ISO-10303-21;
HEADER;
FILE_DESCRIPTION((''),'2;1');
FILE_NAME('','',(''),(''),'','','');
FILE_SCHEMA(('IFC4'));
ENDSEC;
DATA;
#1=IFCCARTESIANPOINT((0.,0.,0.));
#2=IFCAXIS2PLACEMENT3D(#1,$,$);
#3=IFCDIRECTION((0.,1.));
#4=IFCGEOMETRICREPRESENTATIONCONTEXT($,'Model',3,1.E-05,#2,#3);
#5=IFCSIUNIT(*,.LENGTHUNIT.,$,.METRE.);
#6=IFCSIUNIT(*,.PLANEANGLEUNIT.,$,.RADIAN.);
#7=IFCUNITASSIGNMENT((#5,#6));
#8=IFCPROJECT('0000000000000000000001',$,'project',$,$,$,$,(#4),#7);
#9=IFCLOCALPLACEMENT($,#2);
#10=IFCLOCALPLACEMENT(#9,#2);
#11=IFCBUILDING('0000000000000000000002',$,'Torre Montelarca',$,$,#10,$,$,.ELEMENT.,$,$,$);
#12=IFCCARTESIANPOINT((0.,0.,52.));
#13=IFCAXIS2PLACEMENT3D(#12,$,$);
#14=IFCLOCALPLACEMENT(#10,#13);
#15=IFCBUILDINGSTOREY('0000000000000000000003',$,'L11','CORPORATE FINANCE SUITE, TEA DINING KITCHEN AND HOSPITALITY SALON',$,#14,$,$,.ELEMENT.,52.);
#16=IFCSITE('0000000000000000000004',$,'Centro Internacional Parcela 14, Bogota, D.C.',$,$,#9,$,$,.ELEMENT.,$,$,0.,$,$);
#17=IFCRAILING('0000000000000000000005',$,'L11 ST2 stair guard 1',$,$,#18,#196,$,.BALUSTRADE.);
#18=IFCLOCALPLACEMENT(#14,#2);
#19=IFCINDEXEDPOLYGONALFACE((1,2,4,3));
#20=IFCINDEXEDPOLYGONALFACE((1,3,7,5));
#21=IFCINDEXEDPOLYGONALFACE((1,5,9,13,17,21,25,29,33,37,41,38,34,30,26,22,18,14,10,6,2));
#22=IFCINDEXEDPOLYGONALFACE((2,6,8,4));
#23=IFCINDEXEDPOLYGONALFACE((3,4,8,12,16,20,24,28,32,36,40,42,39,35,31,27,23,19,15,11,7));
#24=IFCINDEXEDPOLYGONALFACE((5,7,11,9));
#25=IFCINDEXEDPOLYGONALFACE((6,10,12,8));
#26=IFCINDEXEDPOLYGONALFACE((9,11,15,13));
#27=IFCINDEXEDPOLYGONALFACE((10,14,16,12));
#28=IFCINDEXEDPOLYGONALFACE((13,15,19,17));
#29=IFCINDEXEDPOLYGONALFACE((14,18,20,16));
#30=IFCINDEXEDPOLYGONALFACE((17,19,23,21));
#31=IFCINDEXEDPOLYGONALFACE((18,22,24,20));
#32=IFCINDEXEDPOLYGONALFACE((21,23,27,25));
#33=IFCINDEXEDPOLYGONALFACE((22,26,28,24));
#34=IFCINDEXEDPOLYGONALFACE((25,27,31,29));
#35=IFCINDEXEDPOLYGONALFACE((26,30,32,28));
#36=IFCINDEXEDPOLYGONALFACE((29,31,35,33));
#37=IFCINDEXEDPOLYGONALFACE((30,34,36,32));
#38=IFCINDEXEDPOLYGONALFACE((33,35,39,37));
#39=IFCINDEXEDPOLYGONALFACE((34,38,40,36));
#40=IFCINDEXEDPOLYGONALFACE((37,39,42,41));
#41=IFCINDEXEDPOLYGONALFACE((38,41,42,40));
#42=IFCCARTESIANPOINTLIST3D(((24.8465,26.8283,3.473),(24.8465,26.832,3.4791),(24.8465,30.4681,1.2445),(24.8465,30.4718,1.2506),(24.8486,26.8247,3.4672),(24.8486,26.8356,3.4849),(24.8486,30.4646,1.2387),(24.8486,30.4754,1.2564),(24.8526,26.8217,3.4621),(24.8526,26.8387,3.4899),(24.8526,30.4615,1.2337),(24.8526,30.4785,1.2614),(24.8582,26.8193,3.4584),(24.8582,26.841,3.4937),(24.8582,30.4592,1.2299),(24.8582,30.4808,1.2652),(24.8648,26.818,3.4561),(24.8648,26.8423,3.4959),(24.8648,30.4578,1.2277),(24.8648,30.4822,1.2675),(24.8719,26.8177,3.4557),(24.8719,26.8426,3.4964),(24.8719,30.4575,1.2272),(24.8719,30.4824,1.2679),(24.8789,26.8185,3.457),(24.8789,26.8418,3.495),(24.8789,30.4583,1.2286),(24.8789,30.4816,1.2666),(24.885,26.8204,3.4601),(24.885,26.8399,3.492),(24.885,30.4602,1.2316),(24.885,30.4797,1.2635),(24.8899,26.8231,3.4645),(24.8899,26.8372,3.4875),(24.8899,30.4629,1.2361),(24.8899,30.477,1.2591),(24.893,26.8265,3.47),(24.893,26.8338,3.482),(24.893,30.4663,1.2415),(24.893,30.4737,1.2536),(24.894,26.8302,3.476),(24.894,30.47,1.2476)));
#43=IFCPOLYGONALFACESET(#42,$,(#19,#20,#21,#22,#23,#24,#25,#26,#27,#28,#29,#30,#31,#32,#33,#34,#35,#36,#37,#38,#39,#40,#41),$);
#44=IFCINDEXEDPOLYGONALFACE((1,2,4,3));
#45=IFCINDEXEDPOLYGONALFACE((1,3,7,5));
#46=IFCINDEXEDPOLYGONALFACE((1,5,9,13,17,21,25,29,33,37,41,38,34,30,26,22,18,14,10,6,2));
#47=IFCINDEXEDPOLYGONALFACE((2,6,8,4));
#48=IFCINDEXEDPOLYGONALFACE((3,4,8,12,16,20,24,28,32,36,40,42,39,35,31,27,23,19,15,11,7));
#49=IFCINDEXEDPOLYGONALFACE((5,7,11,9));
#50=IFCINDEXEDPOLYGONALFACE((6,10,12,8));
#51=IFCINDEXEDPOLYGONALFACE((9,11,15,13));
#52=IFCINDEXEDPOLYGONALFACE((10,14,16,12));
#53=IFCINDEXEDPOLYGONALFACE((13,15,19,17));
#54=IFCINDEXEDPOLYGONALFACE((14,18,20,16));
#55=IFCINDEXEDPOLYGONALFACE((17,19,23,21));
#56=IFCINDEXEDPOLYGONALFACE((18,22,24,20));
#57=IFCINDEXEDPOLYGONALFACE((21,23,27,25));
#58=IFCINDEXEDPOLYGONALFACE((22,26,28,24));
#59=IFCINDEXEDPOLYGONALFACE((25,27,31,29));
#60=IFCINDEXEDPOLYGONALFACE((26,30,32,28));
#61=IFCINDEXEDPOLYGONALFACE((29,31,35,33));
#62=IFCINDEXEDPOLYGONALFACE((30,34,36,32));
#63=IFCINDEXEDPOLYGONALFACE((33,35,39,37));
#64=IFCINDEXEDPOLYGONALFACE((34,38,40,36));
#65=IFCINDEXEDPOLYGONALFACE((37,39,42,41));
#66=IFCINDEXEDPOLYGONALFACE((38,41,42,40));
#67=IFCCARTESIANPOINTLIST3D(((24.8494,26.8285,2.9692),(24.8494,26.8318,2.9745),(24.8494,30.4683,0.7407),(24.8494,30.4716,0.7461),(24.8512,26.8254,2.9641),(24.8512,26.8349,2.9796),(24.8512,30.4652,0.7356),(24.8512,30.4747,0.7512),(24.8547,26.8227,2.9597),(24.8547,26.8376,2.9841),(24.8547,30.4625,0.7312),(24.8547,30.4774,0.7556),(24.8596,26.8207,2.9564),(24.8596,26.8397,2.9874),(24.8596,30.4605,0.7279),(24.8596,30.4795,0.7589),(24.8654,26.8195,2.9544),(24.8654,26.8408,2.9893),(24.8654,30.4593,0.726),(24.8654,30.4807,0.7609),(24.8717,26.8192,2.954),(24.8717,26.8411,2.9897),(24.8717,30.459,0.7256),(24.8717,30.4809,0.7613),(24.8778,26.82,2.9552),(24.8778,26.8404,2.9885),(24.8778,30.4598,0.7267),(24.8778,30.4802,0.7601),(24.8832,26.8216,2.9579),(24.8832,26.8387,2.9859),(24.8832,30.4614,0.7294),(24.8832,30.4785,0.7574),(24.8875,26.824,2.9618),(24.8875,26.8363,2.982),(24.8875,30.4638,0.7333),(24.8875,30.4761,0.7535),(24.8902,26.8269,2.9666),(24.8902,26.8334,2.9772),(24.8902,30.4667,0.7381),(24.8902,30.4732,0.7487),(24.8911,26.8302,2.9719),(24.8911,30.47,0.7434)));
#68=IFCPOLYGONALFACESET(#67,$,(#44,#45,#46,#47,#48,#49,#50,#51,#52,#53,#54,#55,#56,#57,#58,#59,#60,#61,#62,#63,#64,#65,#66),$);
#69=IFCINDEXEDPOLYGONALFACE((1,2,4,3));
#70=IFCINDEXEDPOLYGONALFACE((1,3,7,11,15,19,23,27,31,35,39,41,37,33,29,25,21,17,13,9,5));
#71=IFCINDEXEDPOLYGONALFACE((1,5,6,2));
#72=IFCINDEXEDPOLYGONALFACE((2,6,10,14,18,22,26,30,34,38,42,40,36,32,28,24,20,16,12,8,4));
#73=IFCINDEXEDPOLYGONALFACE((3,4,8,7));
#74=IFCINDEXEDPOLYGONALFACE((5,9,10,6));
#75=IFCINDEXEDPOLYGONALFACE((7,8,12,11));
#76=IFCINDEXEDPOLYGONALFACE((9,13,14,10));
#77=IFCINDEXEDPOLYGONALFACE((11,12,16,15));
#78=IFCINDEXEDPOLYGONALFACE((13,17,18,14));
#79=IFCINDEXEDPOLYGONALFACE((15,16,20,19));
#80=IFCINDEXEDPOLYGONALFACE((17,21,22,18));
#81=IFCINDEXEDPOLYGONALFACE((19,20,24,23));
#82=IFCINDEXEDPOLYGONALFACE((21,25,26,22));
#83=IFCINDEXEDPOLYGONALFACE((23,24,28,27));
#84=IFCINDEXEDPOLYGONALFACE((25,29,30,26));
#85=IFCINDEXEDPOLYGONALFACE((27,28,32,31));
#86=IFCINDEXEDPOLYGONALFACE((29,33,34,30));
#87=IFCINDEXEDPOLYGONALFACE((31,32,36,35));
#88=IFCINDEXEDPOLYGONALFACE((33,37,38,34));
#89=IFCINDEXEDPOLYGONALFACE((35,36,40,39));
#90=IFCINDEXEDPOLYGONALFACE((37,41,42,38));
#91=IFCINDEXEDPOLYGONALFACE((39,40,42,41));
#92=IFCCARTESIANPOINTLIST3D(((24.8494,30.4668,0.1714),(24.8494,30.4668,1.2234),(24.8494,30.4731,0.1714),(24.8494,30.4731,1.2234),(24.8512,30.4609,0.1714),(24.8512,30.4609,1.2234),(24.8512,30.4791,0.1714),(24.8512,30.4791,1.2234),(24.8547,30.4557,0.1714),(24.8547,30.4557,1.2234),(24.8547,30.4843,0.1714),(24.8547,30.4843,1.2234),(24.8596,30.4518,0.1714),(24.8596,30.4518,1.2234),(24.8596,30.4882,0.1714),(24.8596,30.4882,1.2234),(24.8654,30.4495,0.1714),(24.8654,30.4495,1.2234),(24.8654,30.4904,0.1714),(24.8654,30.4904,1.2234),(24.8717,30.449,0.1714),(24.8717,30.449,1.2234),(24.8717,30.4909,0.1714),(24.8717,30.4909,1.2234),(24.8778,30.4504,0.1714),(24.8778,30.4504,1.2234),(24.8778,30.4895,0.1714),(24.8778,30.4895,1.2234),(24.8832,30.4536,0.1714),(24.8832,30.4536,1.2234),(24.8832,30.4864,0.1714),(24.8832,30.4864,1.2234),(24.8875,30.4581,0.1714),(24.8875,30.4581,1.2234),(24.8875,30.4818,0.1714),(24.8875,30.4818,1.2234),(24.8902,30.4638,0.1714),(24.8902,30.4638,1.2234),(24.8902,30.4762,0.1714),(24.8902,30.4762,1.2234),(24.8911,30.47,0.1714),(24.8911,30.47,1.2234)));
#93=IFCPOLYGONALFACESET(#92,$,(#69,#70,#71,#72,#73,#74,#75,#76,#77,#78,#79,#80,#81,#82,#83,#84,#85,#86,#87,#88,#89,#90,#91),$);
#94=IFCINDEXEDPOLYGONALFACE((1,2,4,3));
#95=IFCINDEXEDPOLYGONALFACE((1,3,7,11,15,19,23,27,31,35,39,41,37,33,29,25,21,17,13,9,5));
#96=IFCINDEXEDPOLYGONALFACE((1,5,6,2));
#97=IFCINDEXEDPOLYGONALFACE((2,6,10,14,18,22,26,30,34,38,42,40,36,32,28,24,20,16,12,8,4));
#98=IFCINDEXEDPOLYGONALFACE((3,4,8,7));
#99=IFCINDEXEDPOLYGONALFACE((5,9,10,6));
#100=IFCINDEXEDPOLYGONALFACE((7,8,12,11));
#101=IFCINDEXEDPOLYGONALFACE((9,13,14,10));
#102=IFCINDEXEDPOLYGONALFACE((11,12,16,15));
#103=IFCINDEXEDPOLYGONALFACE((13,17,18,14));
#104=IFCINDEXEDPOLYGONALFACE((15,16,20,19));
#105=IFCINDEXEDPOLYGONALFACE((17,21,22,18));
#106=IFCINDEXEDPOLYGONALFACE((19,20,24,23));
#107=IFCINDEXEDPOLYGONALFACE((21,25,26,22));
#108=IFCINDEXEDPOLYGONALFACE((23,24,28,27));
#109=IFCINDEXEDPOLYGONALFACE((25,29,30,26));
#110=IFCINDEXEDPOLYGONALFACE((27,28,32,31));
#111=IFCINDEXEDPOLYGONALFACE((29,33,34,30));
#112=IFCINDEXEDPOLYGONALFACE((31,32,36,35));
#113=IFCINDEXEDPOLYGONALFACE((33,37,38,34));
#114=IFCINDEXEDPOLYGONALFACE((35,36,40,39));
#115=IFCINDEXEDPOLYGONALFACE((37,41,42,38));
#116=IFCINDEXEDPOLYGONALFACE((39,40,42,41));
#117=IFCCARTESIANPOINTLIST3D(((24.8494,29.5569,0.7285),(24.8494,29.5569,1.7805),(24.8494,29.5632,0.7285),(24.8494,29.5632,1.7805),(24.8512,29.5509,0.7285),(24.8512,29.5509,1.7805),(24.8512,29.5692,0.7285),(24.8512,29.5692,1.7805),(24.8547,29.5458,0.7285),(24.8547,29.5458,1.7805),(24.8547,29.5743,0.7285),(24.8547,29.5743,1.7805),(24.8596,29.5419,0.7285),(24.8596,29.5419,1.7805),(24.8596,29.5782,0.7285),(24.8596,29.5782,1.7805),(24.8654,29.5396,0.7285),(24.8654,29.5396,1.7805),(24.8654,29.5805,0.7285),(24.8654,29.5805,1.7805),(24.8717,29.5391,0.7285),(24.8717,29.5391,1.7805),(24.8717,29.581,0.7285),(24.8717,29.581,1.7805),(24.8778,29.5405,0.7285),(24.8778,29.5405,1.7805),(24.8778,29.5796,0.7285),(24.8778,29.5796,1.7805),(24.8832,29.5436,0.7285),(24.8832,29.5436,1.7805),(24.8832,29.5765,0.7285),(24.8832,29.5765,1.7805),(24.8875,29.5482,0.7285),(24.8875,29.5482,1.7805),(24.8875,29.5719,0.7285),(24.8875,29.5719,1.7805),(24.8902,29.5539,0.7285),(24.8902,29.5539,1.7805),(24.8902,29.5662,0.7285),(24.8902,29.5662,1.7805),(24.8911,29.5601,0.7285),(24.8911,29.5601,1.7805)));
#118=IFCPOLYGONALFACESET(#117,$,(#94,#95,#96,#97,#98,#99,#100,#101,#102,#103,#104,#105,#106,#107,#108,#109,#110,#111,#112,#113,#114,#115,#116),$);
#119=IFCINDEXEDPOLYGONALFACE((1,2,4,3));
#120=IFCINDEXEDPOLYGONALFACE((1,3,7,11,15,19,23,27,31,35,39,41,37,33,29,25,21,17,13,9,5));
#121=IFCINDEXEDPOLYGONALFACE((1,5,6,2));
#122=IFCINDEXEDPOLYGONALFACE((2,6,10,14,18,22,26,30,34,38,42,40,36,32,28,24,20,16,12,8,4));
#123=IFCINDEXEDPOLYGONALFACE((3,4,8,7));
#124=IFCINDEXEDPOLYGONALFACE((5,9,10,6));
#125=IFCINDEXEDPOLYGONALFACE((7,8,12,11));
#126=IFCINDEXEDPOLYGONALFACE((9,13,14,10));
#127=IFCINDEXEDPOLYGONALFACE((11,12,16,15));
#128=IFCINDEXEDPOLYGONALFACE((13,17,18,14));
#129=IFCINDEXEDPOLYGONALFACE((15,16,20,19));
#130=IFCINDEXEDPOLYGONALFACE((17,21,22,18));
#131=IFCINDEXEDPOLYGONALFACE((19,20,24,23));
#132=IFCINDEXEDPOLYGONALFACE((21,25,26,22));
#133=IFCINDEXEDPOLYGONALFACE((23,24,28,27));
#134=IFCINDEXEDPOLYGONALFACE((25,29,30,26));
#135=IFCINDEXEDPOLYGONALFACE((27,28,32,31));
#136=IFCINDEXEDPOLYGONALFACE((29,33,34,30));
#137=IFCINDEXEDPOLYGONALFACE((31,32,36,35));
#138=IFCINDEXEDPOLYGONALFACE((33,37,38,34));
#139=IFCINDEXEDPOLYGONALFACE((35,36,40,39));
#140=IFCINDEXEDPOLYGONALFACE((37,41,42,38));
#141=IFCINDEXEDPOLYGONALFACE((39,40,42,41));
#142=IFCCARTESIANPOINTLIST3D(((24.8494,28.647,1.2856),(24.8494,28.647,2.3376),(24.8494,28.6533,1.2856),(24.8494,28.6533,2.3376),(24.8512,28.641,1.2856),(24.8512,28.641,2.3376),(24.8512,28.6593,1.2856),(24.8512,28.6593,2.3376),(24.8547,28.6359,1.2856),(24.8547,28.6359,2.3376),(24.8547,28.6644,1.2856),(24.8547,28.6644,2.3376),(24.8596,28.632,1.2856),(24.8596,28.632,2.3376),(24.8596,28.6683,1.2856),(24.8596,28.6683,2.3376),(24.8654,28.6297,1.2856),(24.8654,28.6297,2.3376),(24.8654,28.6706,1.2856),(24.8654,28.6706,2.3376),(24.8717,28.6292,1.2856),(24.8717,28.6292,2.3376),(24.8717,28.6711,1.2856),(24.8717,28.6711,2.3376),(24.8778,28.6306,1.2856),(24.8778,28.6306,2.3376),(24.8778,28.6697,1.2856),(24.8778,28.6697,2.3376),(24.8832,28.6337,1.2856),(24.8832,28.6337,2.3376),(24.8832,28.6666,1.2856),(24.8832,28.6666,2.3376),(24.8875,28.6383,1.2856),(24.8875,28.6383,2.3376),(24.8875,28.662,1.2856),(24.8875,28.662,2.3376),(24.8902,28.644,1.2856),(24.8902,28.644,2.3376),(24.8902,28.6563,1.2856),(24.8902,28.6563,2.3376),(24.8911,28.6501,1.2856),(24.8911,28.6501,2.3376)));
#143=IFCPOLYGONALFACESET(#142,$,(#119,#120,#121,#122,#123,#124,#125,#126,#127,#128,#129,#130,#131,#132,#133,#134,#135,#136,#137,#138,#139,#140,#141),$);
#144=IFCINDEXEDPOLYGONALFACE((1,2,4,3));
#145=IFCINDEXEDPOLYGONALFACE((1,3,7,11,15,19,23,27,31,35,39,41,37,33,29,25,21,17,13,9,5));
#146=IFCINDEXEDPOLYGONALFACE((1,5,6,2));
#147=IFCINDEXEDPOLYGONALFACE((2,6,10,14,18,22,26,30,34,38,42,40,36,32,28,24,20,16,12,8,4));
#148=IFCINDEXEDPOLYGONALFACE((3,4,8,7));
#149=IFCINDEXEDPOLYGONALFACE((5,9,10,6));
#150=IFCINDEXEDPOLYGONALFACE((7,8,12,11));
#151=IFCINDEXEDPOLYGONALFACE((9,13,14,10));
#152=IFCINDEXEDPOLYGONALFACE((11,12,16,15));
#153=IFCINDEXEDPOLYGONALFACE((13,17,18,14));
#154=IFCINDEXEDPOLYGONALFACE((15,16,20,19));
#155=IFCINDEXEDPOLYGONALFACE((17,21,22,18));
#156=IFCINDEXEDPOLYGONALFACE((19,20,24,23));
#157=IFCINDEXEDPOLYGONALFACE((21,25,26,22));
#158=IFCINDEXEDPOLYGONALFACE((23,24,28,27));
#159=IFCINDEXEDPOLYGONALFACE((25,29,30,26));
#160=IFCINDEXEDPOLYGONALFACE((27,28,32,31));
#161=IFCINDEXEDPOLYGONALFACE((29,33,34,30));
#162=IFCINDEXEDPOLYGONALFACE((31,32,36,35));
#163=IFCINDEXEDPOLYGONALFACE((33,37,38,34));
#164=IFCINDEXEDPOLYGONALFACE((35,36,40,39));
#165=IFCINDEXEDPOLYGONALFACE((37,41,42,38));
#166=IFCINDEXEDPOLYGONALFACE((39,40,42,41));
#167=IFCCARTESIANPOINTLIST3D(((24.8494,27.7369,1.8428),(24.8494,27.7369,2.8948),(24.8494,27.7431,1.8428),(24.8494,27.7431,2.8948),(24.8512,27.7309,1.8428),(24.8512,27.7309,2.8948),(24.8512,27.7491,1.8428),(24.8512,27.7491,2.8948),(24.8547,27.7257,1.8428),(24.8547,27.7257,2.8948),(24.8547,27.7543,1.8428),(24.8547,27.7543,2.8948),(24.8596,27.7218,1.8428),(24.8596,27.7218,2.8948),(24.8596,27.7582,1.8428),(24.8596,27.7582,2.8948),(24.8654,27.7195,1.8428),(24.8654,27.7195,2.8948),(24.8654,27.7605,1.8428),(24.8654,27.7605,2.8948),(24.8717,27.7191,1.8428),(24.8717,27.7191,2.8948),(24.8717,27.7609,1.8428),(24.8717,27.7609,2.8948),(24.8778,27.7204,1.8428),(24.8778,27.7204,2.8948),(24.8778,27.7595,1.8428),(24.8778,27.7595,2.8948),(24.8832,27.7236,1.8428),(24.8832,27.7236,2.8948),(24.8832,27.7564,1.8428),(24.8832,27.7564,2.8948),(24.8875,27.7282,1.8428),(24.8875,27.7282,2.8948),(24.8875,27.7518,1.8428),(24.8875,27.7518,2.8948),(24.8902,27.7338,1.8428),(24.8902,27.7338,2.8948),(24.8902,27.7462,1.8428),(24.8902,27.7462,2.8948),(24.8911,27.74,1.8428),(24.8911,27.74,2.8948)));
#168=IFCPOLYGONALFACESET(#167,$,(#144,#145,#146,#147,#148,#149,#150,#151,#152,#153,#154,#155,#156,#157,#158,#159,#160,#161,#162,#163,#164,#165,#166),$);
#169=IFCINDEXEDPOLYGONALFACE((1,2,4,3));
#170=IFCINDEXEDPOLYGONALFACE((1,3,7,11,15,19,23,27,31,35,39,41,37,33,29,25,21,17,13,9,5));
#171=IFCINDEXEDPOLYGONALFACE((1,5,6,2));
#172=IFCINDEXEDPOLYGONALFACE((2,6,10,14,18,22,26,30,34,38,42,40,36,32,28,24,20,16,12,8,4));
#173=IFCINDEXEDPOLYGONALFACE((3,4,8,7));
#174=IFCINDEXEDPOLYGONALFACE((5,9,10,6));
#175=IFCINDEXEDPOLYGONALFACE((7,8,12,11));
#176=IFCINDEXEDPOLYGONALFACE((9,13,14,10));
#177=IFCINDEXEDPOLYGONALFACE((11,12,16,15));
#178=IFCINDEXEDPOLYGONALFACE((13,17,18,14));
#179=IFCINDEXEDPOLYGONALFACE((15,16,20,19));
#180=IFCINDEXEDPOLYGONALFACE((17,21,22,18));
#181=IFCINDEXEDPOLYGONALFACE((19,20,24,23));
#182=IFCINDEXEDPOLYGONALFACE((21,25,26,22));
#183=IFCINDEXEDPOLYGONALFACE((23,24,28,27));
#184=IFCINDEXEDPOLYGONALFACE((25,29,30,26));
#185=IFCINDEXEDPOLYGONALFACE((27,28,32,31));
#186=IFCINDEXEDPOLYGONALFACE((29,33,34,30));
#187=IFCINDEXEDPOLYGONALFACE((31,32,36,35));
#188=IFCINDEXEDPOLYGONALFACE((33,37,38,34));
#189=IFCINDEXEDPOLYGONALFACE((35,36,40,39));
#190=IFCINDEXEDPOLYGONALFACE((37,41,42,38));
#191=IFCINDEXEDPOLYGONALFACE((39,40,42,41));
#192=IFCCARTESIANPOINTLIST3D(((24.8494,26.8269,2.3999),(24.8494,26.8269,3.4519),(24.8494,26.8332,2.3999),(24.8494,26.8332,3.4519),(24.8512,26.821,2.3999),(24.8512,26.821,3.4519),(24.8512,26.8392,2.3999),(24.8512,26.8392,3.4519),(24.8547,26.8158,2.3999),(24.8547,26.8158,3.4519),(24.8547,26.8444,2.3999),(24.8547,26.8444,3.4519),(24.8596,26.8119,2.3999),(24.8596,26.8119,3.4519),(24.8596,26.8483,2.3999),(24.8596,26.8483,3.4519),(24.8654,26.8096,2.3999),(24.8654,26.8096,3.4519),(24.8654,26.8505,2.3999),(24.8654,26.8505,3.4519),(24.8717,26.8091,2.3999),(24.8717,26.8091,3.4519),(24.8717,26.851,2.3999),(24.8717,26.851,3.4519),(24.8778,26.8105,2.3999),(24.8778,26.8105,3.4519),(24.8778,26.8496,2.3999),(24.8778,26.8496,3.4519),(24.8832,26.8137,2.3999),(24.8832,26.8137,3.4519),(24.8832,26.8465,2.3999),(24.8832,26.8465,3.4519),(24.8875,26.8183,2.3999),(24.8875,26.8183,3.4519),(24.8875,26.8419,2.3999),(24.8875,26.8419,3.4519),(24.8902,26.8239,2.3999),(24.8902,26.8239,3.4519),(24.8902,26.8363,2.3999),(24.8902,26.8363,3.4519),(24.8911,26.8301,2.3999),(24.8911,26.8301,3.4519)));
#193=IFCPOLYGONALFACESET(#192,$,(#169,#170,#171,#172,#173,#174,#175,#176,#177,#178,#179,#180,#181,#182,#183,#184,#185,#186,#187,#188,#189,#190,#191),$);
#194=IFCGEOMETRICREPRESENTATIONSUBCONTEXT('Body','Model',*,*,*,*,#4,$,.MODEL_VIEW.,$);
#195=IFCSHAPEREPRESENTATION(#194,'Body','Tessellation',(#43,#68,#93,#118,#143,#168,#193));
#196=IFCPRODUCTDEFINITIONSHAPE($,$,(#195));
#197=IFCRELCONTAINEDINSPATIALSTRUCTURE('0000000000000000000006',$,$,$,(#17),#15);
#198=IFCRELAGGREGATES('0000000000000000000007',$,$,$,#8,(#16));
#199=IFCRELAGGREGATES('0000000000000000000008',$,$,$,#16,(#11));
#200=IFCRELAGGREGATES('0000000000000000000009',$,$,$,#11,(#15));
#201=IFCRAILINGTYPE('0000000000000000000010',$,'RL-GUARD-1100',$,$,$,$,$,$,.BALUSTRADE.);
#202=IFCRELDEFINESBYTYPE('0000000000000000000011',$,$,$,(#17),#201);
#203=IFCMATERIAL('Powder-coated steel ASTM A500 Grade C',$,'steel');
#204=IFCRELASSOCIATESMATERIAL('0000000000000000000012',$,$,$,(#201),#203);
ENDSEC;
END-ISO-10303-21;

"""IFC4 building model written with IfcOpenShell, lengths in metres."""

from ifc_helpers import new_model, si_unit, direction, frame, origin, origin_2d, place, context, subcontext, project, spatial, circle, extrude, material, type_object, element, save


model = new_model("IFC4")

# Units and contexts
model_context = context("Model", 3, precision=1e-05, world=origin(), true_north=direction((0.0, 1.0)))
body_context = subcontext(model_context, "Body", "Model", "MODEL_VIEW")
ifc_project = project(units=[si_unit("LENGTHUNIT", "METRE"), si_unit("PLANEANGLEUNIT", "RADIAN")], contexts=[model_context])

# Site, building, storey
site_placement = place(None, origin())
site = spatial("IfcSite", under=ifc_project, at=site_placement, Name="Centro Internacional Parcela 14, Bogota, D.C.", CompositionType="ELEMENT", RefElevation=0.0)
building_placement = place(site_placement, origin())
building = spatial("IfcBuilding", under=site, at=building_placement, Name="Torre Montelarca", CompositionType="ELEMENT")
storey_placement = place(building_placement, frame((0.0, 0.0, 52.0)))
storey = spatial("IfcBuildingStorey", under=building, at=storey_placement, Name="L11", Description="CORPORATE FINANCE SUITE, TEA DINING KITCHEN AND HOSPITALITY SALON", CompositionType="ELEMENT", Elevation=52.0)

# Railing
ifc_material_1 = material(Name="Powder-coated steel ASTM A500 Grade C", Category="steel")
railing_type_1 = type_object("IfcRailingType", Name="RL-GUARD-1100", PredefinedType="BALUSTRADE", material=ifc_material_1)
railing_1_placement = place(storey_placement, frame((24.8701, 30.47, 0.1714)))
element("IfcRailing", 1, at=railing_1_placement, inside=storey, type_object=railing_type_1, Name="L11 ST2 stair guard 1", PredefinedType="BALUSTRADE", context=body_context, shape_type="SweptSolid", body=[
    extrude(circle(Radius=0.0239, at=origin_2d()), frame((0.0, 0.0, 1.0762), z_axis=(0.0, -0.85285, 0.522156), x_axis=(1.0, 0.0, 0.0)), (0.0, 0.0, 1.0), 4.2678),
    extrude(circle(Radius=0.021, at=origin_2d()), frame((0.0, 0.0, 0.572), z_axis=(0.0, -0.85285, 0.522156), x_axis=(1.0, 0.0, 0.0)), (0.0, 0.0, 1.0), 4.2678),
    extrude(circle(Radius=0.021, at=origin_2d()), origin(), (0.0, 0.0, 1.0), 1.052),
    extrude(circle(Radius=0.021, at=origin_2d()), frame((0.0, -0.9099, 0.5571)), (0.0, 0.0, 1.0), 1.052),
    extrude(circle(Radius=0.021, at=origin_2d()), frame((0.0, -1.8198, 1.1143)), (0.0, 0.0, 1.0), 1.052),
    extrude(circle(Radius=0.021, at=origin_2d()), frame((0.0, -2.73, 1.6714)), (0.0, 0.0, 1.0), 1.052),
    extrude(circle(Radius=0.021, at=origin_2d()), frame((0.0, -3.6399, 2.2285)), (0.0, 0.0, 1.0), 1.052),
])

save(model, "model.ifc")
